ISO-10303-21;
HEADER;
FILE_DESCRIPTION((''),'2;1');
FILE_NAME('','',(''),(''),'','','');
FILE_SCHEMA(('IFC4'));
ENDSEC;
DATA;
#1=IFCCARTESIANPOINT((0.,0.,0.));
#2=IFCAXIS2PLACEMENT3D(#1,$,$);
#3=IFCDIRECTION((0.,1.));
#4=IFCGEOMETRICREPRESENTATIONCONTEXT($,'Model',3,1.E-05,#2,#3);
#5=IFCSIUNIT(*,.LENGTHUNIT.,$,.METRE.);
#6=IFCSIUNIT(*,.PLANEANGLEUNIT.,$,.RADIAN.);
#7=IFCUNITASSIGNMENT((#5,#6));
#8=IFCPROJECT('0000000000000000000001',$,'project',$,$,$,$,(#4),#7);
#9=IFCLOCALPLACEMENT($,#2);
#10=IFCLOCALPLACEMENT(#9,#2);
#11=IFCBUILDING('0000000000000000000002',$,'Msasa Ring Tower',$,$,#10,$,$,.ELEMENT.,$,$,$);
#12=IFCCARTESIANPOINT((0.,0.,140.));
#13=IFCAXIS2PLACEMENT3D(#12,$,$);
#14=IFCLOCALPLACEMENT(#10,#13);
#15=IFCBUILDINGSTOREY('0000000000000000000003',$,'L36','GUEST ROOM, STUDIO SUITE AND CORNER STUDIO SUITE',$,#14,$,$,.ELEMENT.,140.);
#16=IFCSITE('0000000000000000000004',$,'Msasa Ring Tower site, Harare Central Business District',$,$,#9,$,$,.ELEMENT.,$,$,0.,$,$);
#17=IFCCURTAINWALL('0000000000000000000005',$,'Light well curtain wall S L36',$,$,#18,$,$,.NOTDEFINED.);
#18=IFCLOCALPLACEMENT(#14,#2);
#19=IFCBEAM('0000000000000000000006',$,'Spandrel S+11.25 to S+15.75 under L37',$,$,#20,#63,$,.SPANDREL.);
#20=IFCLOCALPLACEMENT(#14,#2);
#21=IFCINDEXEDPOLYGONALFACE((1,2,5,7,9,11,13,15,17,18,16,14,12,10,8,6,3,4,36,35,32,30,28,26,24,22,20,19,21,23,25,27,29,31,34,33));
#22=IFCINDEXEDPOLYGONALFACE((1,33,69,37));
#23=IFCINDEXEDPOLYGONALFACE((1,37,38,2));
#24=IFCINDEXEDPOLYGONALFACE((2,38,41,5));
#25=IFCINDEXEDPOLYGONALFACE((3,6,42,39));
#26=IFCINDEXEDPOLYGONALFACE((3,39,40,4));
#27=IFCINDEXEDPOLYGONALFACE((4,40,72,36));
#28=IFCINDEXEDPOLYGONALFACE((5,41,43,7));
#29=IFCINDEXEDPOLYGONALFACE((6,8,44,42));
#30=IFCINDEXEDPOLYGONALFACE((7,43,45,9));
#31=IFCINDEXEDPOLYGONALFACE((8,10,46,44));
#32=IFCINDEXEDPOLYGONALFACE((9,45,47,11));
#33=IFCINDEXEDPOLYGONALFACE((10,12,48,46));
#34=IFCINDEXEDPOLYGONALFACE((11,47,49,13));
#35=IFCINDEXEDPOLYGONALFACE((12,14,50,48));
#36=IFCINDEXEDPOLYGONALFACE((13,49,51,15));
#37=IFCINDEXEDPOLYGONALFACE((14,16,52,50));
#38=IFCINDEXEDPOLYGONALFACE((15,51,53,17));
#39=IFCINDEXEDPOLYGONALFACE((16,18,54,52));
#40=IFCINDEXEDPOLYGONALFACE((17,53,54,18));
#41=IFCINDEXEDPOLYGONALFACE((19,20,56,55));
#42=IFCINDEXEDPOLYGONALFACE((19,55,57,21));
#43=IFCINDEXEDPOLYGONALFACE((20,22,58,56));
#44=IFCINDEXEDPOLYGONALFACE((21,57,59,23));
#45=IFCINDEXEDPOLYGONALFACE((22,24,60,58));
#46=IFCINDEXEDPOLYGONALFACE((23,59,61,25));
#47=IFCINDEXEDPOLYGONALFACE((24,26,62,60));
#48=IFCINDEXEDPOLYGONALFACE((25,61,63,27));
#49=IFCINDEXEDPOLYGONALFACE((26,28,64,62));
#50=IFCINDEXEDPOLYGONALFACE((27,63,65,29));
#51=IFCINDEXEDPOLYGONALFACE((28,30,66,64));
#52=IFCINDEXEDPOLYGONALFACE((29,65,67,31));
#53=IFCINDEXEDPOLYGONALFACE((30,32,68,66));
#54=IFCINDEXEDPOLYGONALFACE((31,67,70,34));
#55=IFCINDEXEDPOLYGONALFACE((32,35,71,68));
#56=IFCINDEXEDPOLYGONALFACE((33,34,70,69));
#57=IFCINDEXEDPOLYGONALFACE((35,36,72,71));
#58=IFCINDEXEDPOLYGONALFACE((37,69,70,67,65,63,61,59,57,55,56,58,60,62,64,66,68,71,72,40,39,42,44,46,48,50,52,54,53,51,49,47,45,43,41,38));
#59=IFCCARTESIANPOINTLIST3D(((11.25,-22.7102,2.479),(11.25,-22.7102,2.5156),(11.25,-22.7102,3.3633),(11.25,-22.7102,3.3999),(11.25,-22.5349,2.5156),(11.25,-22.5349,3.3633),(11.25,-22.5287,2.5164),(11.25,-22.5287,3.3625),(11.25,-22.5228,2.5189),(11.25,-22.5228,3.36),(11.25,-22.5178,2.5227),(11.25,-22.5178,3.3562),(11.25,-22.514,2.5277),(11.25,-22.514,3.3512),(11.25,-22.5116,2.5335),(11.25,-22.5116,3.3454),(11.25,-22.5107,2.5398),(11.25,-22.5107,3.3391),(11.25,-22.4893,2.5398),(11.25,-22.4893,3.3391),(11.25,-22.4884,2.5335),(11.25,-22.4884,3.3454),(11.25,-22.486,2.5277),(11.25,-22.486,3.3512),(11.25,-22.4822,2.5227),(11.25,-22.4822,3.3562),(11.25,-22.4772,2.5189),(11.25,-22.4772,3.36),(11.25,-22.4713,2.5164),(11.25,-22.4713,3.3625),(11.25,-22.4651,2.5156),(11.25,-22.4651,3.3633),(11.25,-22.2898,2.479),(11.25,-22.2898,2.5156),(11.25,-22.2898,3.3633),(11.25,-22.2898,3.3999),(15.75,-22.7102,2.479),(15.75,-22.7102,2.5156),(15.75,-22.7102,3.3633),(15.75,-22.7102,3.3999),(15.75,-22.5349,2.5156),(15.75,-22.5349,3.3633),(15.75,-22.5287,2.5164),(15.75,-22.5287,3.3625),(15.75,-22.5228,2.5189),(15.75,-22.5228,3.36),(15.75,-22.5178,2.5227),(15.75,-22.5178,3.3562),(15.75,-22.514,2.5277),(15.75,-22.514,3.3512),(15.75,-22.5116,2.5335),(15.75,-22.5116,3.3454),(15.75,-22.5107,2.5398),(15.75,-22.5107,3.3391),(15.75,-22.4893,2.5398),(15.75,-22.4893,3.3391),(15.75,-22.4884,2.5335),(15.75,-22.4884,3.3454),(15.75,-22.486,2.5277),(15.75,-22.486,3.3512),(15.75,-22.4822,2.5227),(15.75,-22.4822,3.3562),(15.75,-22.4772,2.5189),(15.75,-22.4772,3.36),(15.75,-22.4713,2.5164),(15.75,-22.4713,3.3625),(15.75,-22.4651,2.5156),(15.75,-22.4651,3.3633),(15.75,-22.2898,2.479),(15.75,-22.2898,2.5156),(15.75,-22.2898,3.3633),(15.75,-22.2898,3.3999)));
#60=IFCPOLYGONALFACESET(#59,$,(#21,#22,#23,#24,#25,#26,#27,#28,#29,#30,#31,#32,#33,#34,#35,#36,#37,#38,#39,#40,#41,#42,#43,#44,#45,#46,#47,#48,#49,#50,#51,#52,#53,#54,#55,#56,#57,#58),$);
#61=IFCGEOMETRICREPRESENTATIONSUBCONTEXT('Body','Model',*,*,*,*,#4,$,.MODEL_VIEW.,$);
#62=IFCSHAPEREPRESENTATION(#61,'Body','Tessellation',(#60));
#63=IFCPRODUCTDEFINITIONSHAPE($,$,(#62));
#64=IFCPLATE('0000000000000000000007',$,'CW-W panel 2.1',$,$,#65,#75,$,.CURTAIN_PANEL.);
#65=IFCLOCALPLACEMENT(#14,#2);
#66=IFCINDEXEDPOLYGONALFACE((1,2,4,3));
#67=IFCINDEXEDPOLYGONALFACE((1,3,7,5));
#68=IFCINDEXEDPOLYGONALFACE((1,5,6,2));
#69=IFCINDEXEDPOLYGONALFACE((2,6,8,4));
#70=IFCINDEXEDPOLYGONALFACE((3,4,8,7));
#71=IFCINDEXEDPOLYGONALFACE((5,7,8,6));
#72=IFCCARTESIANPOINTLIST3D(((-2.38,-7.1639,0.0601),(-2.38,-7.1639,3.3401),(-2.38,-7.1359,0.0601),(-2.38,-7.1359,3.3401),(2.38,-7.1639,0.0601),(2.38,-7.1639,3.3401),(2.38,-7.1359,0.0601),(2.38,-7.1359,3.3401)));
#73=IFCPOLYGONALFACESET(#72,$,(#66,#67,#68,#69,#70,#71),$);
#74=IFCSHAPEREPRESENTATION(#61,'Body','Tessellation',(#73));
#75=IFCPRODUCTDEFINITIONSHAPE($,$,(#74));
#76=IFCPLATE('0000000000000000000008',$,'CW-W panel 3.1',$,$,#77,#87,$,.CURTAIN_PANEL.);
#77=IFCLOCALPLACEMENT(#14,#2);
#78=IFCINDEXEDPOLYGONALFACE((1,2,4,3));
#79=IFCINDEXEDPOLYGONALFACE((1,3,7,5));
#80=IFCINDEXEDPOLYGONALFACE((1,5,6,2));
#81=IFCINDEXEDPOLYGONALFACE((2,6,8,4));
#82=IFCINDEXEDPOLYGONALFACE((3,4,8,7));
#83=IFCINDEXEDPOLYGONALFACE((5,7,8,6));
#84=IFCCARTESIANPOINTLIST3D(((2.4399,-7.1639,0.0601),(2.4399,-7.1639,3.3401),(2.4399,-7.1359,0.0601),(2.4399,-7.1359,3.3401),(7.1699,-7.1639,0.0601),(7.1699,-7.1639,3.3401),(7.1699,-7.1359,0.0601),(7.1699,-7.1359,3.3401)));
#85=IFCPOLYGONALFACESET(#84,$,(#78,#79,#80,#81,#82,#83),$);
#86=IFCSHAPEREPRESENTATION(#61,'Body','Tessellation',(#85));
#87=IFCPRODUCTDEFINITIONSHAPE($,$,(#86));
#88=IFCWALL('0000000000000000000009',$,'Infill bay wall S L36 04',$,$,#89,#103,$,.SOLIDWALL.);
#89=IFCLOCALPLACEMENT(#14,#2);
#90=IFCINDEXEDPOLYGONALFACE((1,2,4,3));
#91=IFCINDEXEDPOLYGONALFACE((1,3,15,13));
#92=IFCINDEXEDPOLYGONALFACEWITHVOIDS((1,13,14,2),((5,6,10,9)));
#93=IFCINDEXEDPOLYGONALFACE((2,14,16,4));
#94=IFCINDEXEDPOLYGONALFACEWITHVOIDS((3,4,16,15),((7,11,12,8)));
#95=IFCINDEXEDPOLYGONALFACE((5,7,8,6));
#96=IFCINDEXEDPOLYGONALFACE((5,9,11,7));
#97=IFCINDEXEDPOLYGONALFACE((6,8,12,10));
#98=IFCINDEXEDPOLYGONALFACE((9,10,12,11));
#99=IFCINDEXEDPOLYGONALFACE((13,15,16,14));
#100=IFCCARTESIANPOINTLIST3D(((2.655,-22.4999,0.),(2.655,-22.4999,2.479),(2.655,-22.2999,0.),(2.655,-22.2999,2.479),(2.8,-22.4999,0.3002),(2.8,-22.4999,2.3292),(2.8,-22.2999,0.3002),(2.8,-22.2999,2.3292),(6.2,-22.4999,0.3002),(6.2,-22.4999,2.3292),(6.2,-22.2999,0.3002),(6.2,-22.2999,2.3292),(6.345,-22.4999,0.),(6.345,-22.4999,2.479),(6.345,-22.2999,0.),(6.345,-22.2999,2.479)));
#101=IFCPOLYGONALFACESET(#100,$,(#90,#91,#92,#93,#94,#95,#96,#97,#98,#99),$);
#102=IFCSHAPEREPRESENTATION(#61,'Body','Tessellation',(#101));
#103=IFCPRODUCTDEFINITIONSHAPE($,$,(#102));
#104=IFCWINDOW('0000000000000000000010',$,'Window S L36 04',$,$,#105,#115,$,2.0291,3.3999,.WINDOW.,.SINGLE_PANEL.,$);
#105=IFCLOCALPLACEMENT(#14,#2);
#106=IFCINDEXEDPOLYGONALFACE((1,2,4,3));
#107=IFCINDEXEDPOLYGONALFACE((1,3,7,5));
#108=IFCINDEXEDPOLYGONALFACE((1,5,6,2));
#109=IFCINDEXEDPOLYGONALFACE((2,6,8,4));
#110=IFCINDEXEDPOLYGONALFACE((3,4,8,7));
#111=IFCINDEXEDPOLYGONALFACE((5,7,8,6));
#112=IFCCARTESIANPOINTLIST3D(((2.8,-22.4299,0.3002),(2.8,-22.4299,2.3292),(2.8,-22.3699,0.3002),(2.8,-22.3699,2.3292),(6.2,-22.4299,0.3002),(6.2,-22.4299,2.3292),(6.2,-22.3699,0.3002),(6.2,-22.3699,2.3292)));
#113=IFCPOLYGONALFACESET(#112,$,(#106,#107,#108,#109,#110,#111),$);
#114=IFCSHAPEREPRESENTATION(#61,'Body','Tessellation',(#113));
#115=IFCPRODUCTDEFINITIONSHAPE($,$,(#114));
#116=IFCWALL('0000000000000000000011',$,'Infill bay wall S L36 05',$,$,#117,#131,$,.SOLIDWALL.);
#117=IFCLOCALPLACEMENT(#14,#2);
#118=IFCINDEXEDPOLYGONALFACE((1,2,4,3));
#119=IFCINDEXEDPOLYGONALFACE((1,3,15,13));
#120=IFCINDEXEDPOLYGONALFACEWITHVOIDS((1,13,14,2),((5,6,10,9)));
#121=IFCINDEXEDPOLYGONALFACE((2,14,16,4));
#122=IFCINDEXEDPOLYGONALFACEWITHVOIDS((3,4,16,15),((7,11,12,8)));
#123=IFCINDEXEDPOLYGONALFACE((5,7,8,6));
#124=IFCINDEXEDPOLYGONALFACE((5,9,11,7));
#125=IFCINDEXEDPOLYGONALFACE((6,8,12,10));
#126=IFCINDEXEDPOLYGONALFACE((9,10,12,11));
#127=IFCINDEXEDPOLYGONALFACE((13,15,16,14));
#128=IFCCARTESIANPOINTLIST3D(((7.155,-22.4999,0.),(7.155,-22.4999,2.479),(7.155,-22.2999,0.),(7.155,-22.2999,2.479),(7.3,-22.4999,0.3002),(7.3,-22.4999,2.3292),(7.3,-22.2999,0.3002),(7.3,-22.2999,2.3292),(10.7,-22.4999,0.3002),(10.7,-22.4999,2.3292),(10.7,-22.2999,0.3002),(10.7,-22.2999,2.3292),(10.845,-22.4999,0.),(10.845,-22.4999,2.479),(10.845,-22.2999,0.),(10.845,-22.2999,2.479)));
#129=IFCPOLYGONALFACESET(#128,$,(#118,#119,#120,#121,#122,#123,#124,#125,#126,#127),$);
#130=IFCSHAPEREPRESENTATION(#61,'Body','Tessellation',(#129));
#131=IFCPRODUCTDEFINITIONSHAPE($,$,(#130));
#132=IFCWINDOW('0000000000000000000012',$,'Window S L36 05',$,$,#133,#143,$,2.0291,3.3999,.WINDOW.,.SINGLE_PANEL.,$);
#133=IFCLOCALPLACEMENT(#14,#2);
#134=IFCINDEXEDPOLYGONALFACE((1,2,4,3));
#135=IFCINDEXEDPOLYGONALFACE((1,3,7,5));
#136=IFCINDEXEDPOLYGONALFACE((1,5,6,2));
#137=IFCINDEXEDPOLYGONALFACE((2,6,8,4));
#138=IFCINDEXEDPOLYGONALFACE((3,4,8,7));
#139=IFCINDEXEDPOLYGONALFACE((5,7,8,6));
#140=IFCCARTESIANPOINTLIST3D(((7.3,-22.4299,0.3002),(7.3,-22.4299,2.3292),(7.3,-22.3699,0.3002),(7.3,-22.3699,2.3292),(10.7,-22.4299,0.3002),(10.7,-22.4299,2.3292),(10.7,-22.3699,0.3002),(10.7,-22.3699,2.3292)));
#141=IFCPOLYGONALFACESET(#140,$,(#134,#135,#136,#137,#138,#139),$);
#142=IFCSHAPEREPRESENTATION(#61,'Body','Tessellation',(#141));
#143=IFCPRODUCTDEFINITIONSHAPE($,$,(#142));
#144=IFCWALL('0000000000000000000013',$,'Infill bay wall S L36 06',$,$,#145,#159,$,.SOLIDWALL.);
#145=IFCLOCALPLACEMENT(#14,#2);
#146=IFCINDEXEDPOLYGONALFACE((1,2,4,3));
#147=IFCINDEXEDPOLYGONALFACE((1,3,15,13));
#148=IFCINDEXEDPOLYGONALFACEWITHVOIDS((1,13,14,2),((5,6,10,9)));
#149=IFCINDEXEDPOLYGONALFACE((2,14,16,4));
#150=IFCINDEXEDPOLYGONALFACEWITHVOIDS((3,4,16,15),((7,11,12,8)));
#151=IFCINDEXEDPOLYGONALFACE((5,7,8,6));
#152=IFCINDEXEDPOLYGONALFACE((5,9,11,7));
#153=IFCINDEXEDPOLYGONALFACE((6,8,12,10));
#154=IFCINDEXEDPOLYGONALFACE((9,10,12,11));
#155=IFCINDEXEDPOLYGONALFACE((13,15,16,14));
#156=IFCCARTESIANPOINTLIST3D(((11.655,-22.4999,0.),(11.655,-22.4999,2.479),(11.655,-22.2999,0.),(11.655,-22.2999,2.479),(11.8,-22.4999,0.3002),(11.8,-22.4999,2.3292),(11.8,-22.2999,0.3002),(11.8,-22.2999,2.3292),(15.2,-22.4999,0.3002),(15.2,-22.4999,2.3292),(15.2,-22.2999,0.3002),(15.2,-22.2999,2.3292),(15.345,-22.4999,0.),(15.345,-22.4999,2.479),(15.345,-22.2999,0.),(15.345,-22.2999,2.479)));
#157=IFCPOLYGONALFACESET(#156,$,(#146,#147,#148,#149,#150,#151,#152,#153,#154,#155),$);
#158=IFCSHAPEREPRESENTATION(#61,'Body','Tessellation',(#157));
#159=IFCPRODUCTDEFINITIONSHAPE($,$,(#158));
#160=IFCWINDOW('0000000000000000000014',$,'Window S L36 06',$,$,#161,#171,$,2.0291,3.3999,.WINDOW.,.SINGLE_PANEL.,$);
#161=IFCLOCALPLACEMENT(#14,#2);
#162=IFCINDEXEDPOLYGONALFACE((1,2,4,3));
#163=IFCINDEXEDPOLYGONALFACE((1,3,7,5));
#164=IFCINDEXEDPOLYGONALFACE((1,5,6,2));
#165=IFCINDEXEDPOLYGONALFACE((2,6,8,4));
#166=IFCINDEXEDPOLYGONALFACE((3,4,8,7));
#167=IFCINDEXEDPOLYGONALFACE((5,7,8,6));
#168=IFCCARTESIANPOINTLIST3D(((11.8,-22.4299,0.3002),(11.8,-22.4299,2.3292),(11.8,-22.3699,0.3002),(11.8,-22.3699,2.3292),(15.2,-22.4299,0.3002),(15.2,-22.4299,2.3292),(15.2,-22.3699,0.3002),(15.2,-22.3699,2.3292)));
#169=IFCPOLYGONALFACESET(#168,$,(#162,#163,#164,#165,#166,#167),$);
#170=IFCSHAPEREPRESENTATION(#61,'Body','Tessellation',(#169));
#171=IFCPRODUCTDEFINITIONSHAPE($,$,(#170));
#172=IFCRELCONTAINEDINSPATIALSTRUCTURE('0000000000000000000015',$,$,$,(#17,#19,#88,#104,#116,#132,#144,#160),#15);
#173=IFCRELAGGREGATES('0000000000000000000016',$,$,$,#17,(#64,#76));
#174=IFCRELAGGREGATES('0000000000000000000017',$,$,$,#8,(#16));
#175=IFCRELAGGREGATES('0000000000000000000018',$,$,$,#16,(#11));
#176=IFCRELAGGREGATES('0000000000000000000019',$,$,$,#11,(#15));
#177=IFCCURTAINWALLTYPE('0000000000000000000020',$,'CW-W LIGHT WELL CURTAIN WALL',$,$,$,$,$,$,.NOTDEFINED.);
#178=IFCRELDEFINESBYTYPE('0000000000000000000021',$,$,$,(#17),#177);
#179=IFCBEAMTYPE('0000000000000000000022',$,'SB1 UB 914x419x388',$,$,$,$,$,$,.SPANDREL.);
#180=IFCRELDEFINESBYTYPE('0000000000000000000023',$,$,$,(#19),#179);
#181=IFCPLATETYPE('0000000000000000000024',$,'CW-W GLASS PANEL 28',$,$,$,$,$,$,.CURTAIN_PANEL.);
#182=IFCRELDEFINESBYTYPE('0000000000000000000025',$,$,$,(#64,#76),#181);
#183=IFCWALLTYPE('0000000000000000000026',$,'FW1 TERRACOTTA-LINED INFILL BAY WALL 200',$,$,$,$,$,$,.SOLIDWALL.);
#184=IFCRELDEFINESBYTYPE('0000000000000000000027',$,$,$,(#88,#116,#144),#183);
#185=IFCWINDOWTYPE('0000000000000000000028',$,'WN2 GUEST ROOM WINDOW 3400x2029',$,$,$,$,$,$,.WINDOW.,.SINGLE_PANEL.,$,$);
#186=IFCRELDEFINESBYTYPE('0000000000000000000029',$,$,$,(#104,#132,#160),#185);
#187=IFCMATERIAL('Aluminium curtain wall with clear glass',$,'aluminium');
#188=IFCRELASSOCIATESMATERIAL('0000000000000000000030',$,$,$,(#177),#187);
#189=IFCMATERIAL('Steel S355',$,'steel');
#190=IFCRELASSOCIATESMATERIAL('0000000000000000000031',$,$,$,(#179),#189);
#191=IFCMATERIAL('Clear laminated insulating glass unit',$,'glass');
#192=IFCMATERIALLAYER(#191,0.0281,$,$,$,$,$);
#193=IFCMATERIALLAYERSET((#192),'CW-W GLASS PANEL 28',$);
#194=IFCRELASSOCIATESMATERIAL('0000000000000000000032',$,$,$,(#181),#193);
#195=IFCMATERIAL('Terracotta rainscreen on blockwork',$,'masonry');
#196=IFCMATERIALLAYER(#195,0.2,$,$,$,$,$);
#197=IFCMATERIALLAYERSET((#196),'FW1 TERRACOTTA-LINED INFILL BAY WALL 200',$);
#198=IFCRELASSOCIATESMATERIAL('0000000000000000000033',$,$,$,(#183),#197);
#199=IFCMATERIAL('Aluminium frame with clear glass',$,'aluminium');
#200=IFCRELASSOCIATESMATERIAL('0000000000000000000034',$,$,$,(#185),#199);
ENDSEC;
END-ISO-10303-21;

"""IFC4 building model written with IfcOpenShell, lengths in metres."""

from ifc_helpers import new_model, si_unit, direction, frame, frame_2d, origin, origin_2d, place, context, subcontext, project, spatial, rectangle, i_section, extrude, material, layer, layer_set, material_profile, profile_set, type_object, element, fill, aggregate, save


model = new_model("IFC4")

# Units and contexts
model_context = context("Model", 3, precision=1e-05, world=origin(), true_north=direction((0.0, 1.0)))
body_context = subcontext(model_context, "Body", "Model", "MODEL_VIEW")
ifc_project = project(units=[si_unit("LENGTHUNIT", "METRE"), si_unit("PLANEANGLEUNIT", "RADIAN")], contexts=[model_context])

# Site, building, storey
site_placement = place(None, origin())
site = spatial("IfcSite", under=ifc_project, at=site_placement, Name="Msasa Ring Tower site, Harare Central Business District", CompositionType="ELEMENT", RefElevation=0.0)
building_placement = place(site_placement, origin())
building = spatial("IfcBuilding", under=site, at=building_placement, Name="Msasa Ring Tower", CompositionType="ELEMENT")
storey_placement = place(building_placement, frame((0.0, 0.0, 140.0)))
storey = spatial("IfcBuildingStorey", under=building, at=storey_placement, Name="L36", Description="GUEST ROOM, STUDIO SUITE AND CORNER STUDIO SUITE", CompositionType="ELEMENT", Elevation=140.0)

# Curtain wall
ifc_material_1 = material(Name="Aluminium curtain wall with clear glass", Category="aluminium")
curtain_wall_type = type_object("IfcCurtainWallType", Name="CW-W LIGHT WELL CURTAIN WALL", PredefinedType="NOTDEFINED", material=ifc_material_1)
curtain_wall_1_placement = place(storey_placement, origin())
curtain_wall_1 = element("IfcCurtainWall", 1, at=curtain_wall_1_placement, inside=storey, type_object=curtain_wall_type, Name="Light well curtain wall S L36", PredefinedType="NOTDEFINED")

# Beam
ifc_material_2 = material(Name="Steel S355", Category="steel")
ifc_material_profile_1 = material_profile(ifc_material_2, i_section(OverallWidth=0.4204, OverallDepth=0.9209, WebThickness=0.0215, FlangeThickness=0.0366, FilletRadius=0.0242, at=origin_2d()), Name="UB 914x419x388")
ifc_profile_set_1 = profile_set([ifc_material_profile_1], Name="Steel S355")
beam_type_1 = type_object("IfcBeamType", Name="SB1 UB 914x419x388", PredefinedType="SPANDREL", material=ifc_profile_set_1)
for number, where, z_axis, x_axis, name in (
    (2, (11.25, -22.5, 2.9395), (1.0, 0.0, 0.0), (0.0, 1.0, 0.0), "Spandrel S+11.25 to S+15.75 under L37"),
):
    element("IfcBeam", number, at=place(storey_placement, frame(where, z_axis=z_axis, x_axis=x_axis)), inside=storey, type_object=beam_type_1, Name=name, PredefinedType="SPANDREL", context=body_context, shape_type="SweptSolid", body=[
        extrude(i_section(OverallWidth=0.4204, OverallDepth=0.9209, WebThickness=0.0215, FlangeThickness=0.0366, FilletRadius=0.0242, at=origin_2d()), origin(), (0.0, 0.0, 1.0), 4.5),
    ])

# Plates
ifc_material_3 = material(Name="Clear laminated insulating glass unit", Category="glass")
ifc_layer_1 = layer(ifc_material_3, 0.0281)
ifc_layer_set_1 = layer_set([ifc_layer_1], Name="CW-W GLASS PANEL 28")
plate_type = type_object("IfcPlateType", Name="CW-W GLASS PANEL 28", PredefinedType="CURTAIN_PANEL", material=ifc_layer_set_1)
plate_1_placement = place(storey_placement, frame((0.0, -7.1499, 0.0601), z_axis=(0.0, 0.0, 1.0), x_axis=(1.0, 0.0, 0.0)))
plate_1 = element("IfcPlate", 3, at=plate_1_placement, type_object=plate_type, Name="CW-W panel 2.1", PredefinedType="CURTAIN_PANEL", context=body_context, shape_type="SweptSolid", body=[
    extrude(rectangle(XDim=4.76, YDim=0.0281, at=origin_2d()), origin(), (0.0, 0.0, 1.0), 3.28),
])
plate_2_placement = place(storey_placement, frame((4.8049, -7.1499, 0.0601), z_axis=(0.0, 0.0, 1.0), x_axis=(1.0, 0.0, 0.0)))
plate_2 = element("IfcPlate", 4, at=plate_2_placement, type_object=plate_type, Name="CW-W panel 3.1", PredefinedType="CURTAIN_PANEL", context=body_context, shape_type="SweptSolid", body=[
    extrude(rectangle(XDim=4.73, YDim=0.0281, at=origin_2d()), origin(), (0.0, 0.0, 1.0), 3.28),
])
aggregate(curtain_wall_1, [plate_1, plate_2])

# Walls, openings, windows
ifc_material_4 = material(Name="Terracotta rainscreen on blockwork", Category="masonry")
ifc_layer_2 = layer(ifc_material_4, 0.2)
ifc_layer_set_2 = layer_set([ifc_layer_2], Name="FW1 TERRACOTTA-LINED INFILL BAY WALL 200")
wall_type_1 = type_object("IfcWallType", Name="FW1 TERRACOTTA-LINED INFILL BAY WALL 200", PredefinedType="SOLIDWALL", material=ifc_layer_set_2)
wall_1_placement = place(storey_placement, frame((2.655, -22.3999, 0.0), z_axis=(0.0, 0.0, 1.0), x_axis=(1.0, 0.0, 0.0)))
wall_1 = element("IfcWall", 5, at=wall_1_placement, inside=storey, type_object=wall_type_1, Name="Infill bay wall S L36 04", PredefinedType="SOLIDWALL", context=body_context, shape_type="SweptSolid", body=[
    extrude(rectangle(XDim=3.6899, YDim=0.2, at=frame_2d((1.845, 0.0))), origin(), (0.0, 0.0, 1.0), 2.479),
])
opening_1_placement = place(wall_1_placement, frame((0.145, 0.0, 0.3)))
opening_1 = element("IfcOpeningElement", 6, at=opening_1_placement, cuts=wall_1, PredefinedType="OPENING", context=body_context, shape_type="SweptSolid", body=[
    extrude(rectangle(XDim=3.3999, YDim=2.0291, at=frame_2d((1.7, 1.0146))), frame((0.0, 0.1099, 0.0), z_axis=(0.0, -1.0, 0.0), x_axis=(1.0, 0.0, 0.0)), (0.0, 0.0, 1.0), 0.22),
])
ifc_material_5 = material(Name="Aluminium frame with clear glass", Category="aluminium")
window_type = type_object("IfcWindowType", Name="WN2 GUEST ROOM WINDOW 3400x2029", PartitioningType="SINGLE_PANEL", PredefinedType="WINDOW", material=ifc_material_5)
window_1_placement = place(opening_1_placement, origin())
window_1 = element("IfcWindow", 7, at=window_1_placement, inside=storey, type_object=window_type, Name="Window S L36 04", OverallHeight=2.0291, OverallWidth=3.3999, PartitioningType="SINGLE_PANEL", PredefinedType="WINDOW", context=body_context, shape_type="SweptSolid", body=[
    extrude(rectangle(XDim=3.3999, YDim=2.0291, at=frame_2d((1.7, 1.0146))), frame((0.0, 0.03, 0.0), z_axis=(0.0, -1.0, 0.0), x_axis=(1.0, 0.0, 0.0)), (0.0, 0.0, 1.0), 0.0601),
])
fill(opening_1, window_1)
wall_2_placement = place(storey_placement, frame((7.155, -22.3999, 0.0), z_axis=(0.0, 0.0, 1.0), x_axis=(1.0, 0.0, 0.0)))
wall_2 = element("IfcWall", 8, at=wall_2_placement, inside=storey, type_object=wall_type_1, Name="Infill bay wall S L36 05", PredefinedType="SOLIDWALL", context=body_context, shape_type="SweptSolid", body=[
    extrude(rectangle(XDim=3.6899, YDim=0.2, at=frame_2d((1.845, 0.0))), origin(), (0.0, 0.0, 1.0), 2.479),
])
opening_2_placement = place(wall_2_placement, frame((0.145, 0.0, 0.3)))
opening_2 = element("IfcOpeningElement", 9, at=opening_2_placement, cuts=wall_2, PredefinedType="OPENING", context=body_context, shape_type="SweptSolid", body=[
    extrude(rectangle(XDim=3.3999, YDim=2.0291, at=frame_2d((1.7, 1.0146))), frame((0.0, 0.1099, 0.0), z_axis=(0.0, -1.0, 0.0), x_axis=(1.0, 0.0, 0.0)), (0.0, 0.0, 1.0), 0.22),
])
window_2_placement = place(opening_2_placement, origin())
window_2 = element("IfcWindow", 10, at=window_2_placement, inside=storey, type_object=window_type, Name="Window S L36 05", OverallHeight=2.0291, OverallWidth=3.3999, PartitioningType="SINGLE_PANEL", PredefinedType="WINDOW", context=body_context, shape_type="SweptSolid", body=[
    extrude(rectangle(XDim=3.3999, YDim=2.0291, at=frame_2d((1.7, 1.0146))), frame((0.0, 0.03, 0.0), z_axis=(0.0, -1.0, 0.0), x_axis=(1.0, 0.0, 0.0)), (0.0, 0.0, 1.0), 0.0601),
])
fill(opening_2, window_2)
wall_3_placement = place(storey_placement, frame((11.655, -22.3999, 0.0), z_axis=(0.0, 0.0, 1.0), x_axis=(1.0, 0.0, 0.0)))
wall_3 = element("IfcWall", 11, at=wall_3_placement, inside=storey, type_object=wall_type_1, Name="Infill bay wall S L36 06", PredefinedType="SOLIDWALL", context=body_context, shape_type="SweptSolid", body=[
    extrude(rectangle(XDim=3.6899, YDim=0.2, at=frame_2d((1.845, 0.0))), origin(), (0.0, 0.0, 1.0), 2.479),
])
opening_3_placement = place(wall_3_placement, frame((0.145, 0.0, 0.3)))
opening_3 = element("IfcOpeningElement", 12, at=opening_3_placement, cuts=wall_3, PredefinedType="OPENING", context=body_context, shape_type="SweptSolid", body=[
    extrude(rectangle(XDim=3.3999, YDim=2.0291, at=frame_2d((1.7, 1.0146))), frame((0.0, 0.1099, 0.0), z_axis=(0.0, -1.0, 0.0), x_axis=(1.0, 0.0, 0.0)), (0.0, 0.0, 1.0), 0.22),
])
window_3_placement = place(opening_3_placement, origin())
window_3 = element("IfcWindow", 13, at=window_3_placement, inside=storey, type_object=window_type, Name="Window S L36 06", OverallHeight=2.0291, OverallWidth=3.3999, PartitioningType="SINGLE_PANEL", PredefinedType="WINDOW", context=body_context, shape_type="SweptSolid", body=[
    extrude(rectangle(XDim=3.3999, YDim=2.0291, at=frame_2d((1.7, 1.0146))), frame((0.0, 0.03, 0.0), z_axis=(0.0, -1.0, 0.0), x_axis=(1.0, 0.0, 0.0)), (0.0, 0.0, 1.0), 0.0601),
])
fill(opening_3, window_3)

save(model, "model.ifc")
